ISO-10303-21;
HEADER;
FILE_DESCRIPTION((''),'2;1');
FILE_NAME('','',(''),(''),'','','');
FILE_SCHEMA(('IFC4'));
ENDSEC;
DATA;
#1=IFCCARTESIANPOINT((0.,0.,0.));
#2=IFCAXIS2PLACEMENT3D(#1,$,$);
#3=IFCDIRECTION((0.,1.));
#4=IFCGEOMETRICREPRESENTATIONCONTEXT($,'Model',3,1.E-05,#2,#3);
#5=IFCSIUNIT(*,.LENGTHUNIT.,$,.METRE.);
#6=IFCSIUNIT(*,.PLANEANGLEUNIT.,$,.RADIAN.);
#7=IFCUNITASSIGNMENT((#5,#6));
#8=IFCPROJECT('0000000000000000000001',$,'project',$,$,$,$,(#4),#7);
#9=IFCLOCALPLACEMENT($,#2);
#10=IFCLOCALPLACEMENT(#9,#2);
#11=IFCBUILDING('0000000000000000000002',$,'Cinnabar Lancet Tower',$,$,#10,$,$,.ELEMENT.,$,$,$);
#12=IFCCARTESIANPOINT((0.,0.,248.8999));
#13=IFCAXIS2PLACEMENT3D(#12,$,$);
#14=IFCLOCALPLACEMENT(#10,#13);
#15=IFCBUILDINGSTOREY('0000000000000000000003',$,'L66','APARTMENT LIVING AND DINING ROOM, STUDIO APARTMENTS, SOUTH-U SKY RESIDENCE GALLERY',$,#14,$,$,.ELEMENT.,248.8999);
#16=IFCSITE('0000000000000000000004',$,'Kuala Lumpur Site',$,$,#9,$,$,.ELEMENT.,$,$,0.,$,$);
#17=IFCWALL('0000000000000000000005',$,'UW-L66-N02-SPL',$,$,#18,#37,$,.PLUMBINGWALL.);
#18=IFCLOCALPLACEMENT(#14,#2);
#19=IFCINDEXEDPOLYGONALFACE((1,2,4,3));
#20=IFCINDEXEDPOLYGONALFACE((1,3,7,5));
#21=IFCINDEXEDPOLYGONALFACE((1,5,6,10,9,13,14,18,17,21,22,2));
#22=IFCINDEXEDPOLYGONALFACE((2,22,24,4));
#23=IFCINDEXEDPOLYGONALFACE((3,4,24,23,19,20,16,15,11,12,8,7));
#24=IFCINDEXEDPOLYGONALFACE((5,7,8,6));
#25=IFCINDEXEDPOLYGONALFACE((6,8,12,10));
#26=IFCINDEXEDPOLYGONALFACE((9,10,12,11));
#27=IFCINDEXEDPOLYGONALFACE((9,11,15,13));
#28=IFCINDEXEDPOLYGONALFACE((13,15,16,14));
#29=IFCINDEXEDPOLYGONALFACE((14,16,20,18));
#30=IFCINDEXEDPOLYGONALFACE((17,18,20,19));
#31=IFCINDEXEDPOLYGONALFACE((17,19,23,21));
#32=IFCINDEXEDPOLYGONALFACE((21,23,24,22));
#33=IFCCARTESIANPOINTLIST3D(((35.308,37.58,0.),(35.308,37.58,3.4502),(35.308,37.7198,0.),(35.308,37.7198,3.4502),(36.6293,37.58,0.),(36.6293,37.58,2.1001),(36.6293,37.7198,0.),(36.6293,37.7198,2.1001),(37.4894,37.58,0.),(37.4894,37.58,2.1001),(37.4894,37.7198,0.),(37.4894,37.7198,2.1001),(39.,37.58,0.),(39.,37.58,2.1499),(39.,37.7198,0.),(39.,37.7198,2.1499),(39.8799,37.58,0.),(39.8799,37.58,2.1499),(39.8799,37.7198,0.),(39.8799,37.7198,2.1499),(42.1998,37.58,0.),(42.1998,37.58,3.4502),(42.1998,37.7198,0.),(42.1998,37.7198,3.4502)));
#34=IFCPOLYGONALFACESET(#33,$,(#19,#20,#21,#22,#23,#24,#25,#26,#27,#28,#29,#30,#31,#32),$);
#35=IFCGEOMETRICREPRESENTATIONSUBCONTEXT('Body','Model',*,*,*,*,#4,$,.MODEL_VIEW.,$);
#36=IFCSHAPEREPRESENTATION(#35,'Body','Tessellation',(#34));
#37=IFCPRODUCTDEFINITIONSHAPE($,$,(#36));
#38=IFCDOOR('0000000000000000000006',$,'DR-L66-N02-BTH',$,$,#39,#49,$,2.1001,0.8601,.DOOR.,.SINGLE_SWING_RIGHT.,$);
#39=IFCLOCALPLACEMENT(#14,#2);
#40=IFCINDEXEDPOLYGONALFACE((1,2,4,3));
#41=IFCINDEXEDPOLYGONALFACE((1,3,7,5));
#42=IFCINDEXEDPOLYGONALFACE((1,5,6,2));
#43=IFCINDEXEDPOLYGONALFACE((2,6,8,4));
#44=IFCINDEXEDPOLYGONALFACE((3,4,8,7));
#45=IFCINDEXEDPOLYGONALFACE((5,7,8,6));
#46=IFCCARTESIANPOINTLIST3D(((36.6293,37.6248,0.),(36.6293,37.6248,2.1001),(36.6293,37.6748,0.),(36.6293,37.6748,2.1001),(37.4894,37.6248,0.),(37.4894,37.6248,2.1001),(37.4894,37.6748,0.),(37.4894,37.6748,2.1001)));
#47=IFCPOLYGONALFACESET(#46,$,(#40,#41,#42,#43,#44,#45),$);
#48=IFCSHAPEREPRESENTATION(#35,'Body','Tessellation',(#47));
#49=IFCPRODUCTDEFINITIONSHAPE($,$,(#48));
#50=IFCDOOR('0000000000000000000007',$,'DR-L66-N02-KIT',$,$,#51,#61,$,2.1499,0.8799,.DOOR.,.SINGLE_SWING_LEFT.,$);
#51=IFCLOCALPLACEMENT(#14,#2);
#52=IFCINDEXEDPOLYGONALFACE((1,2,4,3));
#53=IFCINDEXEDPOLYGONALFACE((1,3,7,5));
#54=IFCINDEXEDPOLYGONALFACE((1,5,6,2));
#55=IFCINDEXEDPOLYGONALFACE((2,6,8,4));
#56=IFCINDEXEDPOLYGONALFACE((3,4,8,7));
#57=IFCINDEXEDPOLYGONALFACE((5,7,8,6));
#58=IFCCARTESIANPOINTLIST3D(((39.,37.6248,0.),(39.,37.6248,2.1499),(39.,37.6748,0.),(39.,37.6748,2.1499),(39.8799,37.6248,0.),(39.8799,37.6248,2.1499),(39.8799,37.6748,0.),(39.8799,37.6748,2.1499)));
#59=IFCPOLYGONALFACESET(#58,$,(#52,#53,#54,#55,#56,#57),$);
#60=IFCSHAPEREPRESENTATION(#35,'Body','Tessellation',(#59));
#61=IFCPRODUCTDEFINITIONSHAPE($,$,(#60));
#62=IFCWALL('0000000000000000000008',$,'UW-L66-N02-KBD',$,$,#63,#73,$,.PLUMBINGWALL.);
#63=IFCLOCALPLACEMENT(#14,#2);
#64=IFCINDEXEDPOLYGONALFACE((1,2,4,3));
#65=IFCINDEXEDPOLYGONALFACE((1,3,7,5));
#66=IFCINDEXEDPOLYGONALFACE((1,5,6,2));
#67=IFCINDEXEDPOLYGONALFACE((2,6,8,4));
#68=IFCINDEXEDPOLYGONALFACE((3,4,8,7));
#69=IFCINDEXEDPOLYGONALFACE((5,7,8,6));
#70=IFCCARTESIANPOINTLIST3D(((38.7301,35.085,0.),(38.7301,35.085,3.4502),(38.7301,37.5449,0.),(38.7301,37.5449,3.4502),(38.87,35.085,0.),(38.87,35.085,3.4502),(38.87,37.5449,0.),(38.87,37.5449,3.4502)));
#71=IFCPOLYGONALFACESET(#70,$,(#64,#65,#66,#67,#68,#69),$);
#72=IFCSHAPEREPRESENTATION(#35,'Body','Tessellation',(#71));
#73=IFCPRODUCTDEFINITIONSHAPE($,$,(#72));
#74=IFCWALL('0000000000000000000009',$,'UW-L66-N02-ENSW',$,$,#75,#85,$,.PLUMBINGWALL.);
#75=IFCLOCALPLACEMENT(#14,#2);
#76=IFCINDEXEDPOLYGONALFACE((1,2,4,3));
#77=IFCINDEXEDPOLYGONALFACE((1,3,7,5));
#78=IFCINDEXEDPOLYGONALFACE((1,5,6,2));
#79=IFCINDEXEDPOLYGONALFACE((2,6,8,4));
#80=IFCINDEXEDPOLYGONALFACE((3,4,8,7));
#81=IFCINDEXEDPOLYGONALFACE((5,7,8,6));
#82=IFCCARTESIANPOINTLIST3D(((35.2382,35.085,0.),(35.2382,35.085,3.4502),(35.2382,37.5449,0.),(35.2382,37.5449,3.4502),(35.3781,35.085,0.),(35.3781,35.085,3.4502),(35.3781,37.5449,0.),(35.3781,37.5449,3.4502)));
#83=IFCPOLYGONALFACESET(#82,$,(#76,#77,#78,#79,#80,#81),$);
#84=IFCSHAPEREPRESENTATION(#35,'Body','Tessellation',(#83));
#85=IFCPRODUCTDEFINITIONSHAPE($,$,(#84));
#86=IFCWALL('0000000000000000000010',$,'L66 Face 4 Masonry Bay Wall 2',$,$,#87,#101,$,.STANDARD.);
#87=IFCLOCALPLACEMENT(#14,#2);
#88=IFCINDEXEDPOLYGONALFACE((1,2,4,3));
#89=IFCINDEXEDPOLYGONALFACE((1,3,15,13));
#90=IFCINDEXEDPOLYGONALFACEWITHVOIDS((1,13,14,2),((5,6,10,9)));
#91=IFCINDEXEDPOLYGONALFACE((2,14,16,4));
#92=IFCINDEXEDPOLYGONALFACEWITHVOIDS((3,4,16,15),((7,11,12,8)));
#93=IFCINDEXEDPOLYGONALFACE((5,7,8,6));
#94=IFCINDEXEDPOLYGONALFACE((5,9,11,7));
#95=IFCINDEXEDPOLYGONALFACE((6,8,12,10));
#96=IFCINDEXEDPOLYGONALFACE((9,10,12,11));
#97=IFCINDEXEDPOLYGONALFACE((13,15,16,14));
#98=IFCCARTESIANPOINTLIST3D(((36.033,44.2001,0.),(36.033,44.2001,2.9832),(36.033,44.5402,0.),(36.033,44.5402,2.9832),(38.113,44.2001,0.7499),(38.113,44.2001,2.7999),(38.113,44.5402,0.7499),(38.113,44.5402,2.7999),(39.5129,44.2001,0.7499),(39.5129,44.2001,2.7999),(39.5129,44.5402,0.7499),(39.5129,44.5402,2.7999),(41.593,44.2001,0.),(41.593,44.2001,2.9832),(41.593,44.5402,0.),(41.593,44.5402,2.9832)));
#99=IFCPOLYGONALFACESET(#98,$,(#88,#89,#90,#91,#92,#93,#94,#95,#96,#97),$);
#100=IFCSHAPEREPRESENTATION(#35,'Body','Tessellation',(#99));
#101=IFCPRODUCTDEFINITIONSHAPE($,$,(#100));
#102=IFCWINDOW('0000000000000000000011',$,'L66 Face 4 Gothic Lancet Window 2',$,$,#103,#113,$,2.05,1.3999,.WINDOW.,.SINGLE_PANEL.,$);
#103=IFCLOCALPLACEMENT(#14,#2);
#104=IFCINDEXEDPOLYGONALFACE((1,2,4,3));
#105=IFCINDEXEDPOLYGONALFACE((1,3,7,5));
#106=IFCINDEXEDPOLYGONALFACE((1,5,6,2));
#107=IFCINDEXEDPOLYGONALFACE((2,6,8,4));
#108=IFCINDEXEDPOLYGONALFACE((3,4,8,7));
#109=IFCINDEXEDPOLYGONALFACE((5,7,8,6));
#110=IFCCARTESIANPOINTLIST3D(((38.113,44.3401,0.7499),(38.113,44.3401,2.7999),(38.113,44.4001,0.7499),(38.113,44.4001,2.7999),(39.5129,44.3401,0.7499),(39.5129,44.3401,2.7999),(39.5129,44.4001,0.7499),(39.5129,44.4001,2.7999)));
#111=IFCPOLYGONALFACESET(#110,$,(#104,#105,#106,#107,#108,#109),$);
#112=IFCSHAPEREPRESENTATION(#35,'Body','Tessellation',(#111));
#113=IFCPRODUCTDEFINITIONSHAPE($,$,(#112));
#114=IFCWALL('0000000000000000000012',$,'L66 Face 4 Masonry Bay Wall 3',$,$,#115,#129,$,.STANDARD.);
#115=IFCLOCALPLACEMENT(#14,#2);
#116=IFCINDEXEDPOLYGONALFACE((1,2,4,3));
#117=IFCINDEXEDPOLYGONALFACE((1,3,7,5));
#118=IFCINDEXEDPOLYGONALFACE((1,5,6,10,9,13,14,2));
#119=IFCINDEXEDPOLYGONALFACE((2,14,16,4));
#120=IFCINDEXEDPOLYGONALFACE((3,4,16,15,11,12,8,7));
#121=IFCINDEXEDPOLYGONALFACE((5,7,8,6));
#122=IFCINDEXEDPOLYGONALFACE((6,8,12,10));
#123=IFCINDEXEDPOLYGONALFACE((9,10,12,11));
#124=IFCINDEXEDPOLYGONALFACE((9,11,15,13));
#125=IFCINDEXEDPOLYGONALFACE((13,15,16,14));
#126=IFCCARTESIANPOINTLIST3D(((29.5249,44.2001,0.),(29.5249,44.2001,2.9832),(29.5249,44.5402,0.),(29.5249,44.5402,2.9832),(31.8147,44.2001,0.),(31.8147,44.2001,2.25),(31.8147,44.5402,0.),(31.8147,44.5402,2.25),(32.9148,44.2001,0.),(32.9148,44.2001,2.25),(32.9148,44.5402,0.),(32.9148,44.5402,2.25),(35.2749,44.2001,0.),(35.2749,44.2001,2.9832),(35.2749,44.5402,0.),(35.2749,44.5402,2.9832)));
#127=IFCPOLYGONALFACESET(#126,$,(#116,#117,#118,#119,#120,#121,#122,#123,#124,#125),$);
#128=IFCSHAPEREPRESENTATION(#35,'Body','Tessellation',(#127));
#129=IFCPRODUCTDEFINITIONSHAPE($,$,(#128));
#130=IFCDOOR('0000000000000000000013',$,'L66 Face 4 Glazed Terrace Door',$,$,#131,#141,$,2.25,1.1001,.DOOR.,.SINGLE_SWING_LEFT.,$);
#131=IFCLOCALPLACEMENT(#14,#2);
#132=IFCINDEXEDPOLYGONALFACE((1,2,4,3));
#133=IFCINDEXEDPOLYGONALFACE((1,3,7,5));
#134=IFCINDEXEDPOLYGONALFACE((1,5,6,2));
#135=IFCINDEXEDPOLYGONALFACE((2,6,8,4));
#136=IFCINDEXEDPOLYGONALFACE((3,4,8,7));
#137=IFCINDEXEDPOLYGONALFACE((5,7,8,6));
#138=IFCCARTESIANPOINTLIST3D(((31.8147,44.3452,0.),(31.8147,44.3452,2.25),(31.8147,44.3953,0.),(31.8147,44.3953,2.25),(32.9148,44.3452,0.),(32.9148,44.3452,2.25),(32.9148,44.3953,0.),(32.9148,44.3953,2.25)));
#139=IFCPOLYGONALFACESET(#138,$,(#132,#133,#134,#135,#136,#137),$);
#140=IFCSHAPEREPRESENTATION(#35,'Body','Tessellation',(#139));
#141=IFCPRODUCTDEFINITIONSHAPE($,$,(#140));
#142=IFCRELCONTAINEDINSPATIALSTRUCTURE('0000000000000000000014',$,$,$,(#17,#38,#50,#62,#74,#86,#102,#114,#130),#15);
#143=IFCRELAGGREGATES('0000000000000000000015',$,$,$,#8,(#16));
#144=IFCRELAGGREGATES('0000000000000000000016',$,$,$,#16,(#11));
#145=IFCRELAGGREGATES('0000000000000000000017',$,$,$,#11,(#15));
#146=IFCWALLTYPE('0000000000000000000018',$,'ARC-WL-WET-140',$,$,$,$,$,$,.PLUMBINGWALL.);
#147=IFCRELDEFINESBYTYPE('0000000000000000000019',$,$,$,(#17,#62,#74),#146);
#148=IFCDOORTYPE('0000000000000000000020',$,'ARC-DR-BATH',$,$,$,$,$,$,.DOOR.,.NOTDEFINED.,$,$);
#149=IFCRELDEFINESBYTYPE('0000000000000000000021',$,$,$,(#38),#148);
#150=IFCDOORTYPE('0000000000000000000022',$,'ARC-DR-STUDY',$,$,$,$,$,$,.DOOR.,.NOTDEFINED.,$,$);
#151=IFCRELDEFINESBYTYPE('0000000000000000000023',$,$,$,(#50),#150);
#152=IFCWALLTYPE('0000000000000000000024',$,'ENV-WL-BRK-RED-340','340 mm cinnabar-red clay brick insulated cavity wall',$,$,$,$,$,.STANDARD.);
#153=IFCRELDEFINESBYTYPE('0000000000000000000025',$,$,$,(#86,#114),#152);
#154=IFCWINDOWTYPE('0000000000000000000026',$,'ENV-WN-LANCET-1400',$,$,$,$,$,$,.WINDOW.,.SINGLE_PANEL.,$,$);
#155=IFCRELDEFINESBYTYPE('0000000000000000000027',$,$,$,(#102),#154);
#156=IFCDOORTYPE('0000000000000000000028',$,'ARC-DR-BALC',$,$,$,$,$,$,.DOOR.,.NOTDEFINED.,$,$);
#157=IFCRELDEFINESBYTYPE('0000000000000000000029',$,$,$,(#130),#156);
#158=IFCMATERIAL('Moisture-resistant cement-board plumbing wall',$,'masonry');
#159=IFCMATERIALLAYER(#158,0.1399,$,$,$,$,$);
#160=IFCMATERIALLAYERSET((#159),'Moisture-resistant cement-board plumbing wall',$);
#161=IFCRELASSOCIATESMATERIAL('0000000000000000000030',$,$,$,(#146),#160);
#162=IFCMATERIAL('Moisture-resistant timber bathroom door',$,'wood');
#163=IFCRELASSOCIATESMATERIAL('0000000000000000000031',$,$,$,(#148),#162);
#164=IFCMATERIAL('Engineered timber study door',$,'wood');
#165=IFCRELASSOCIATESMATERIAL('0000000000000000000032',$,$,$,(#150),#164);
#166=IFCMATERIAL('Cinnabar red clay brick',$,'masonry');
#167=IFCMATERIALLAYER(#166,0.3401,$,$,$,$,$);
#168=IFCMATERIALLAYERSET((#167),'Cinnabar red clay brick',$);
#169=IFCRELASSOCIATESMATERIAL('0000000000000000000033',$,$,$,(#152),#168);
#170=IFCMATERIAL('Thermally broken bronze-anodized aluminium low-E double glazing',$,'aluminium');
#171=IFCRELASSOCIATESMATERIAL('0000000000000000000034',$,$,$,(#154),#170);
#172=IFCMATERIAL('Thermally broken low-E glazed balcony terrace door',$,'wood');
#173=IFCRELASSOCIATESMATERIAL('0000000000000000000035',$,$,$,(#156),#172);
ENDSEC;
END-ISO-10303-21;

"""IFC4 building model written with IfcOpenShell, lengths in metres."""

from ifc_helpers import new_model, si_unit, direction, frame, frame_2d, origin, place, context, subcontext, project, spatial, rectangle, extrude, material, layer, layer_set, type_object, element, fill, save


model = new_model("IFC4")

# Units and contexts
model_context = context("Model", 3, precision=1e-05, world=origin(), true_north=direction((0.0, 1.0)))
body_context = subcontext(model_context, "Body", "Model", "MODEL_VIEW")
ifc_project = project(units=[si_unit("LENGTHUNIT", "METRE"), si_unit("PLANEANGLEUNIT", "RADIAN")], contexts=[model_context])

# Site, building, storey
site_placement = place(None, origin())
site = spatial("IfcSite", under=ifc_project, at=site_placement, Name="Kuala Lumpur Site", CompositionType="ELEMENT", RefElevation=0.0)
building_placement = place(site_placement, origin())
building = spatial("IfcBuilding", under=site, at=building_placement, Name="Cinnabar Lancet Tower", CompositionType="ELEMENT")
storey_placement = place(building_placement, frame((0.0, 0.0, 248.8999)))
storey = spatial("IfcBuildingStorey", under=building, at=storey_placement, Name="L66", Description="APARTMENT LIVING AND DINING ROOM, STUDIO APARTMENTS, SOUTH-U SKY RESIDENCE GALLERY", CompositionType="ELEMENT", Elevation=248.8999)

# Wall, openings, doors
ifc_material_1 = material(Name="Moisture-resistant cement-board plumbing wall", Category="masonry")
ifc_layer_1 = layer(ifc_material_1, 0.1399)
ifc_layer_set_1 = layer_set([ifc_layer_1], Name="Moisture-resistant cement-board plumbing wall")
wall_type_1 = type_object("IfcWallType", Name="ARC-WL-WET-140", PredefinedType="PLUMBINGWALL", material=ifc_layer_set_1)
wall_1_placement = place(storey_placement, frame((35.3081, 37.6499, 0.0), z_axis=(0.0, 0.0, 1.0), x_axis=(1.0, 0.0, 0.0)))
wall_1 = element("IfcWall", 1, at=wall_1_placement, inside=storey, type_object=wall_type_1, Name="UW-L66-N02-SPL", PredefinedType="PLUMBINGWALL", context=body_context, shape_type="SweptSolid", body=[
    extrude(rectangle(XDim=6.8918, YDim=0.1399, at=frame_2d((3.4458, 0.0))), origin(), (0.0, 0.0, 1.0), 3.4502),
])
opening_1_placement = place(wall_1_placement, frame((1.321, 0.0, 0.0)))
opening_1 = element("IfcOpeningElement", 2, at=opening_1_placement, cuts=wall_1, PredefinedType="OPENING", context=body_context, shape_type="SweptSolid", body=[
    extrude(rectangle(XDim=0.8601, YDim=2.1001, at=frame_2d((0.4302, 1.05))), frame((0.0, 0.0798, 0.0), z_axis=(0.0, -1.0, 0.0), x_axis=(1.0, 0.0, 0.0)), (0.0, 0.0, 1.0), 0.1599),
])
opening_2_placement = place(wall_1_placement, frame((3.6919, 0.0, 0.0)))
opening_2 = element("IfcOpeningElement", 3, at=opening_2_placement, cuts=wall_1, PredefinedType="OPENING", context=body_context, shape_type="SweptSolid", body=[
    extrude(rectangle(XDim=0.8799, YDim=2.1499, at=frame_2d((0.4399, 1.075))), frame((0.0, 0.0798, 0.0), z_axis=(0.0, -1.0, 0.0), x_axis=(1.0, 0.0, 0.0)), (0.0, 0.0, 1.0), 0.1599),
])
ifc_material_2 = material(Name="Moisture-resistant timber bathroom door", Category="wood")
door_type_1 = type_object("IfcDoorType", Name="ARC-DR-BATH", OperationType="NOTDEFINED", PredefinedType="DOOR", material=ifc_material_2)
door_1_placement = place(opening_1_placement, origin())
door_1 = element("IfcDoor", 4, at=door_1_placement, inside=storey, type_object=door_type_1, Name="DR-L66-N02-BTH", OperationType="SINGLE_SWING_RIGHT", OverallHeight=2.1001, OverallWidth=0.8601, PredefinedType="DOOR", context=body_context, shape_type="SweptSolid", body=[
    extrude(rectangle(XDim=0.8601, YDim=2.1001, at=frame_2d((0.4302, 1.05))), frame((0.0, 0.0249, 0.0), z_axis=(0.0, -1.0, 0.0), x_axis=(1.0, 0.0, 0.0)), (0.0, 0.0, 1.0), 0.05),
])
fill(opening_1, door_1)
ifc_material_3 = material(Name="Engineered timber study door", Category="wood")
door_type_2 = type_object("IfcDoorType", Name="ARC-DR-STUDY", OperationType="NOTDEFINED", PredefinedType="DOOR", material=ifc_material_3)
door_2_placement = place(opening_2_placement, origin())
door_2 = element("IfcDoor", 5, at=door_2_placement, inside=storey, type_object=door_type_2, Name="DR-L66-N02-KIT", OperationType="SINGLE_SWING_LEFT", OverallHeight=2.1499, OverallWidth=0.8799, PredefinedType="DOOR", context=body_context, shape_type="SweptSolid", body=[
    extrude(rectangle(XDim=0.8799, YDim=2.1499, at=frame_2d((0.4399, 1.075))), frame((0.0, 0.0249, 0.0), z_axis=(0.0, -1.0, 0.0), x_axis=(1.0, 0.0, 0.0)), (0.0, 0.0, 1.0), 0.05),
])
fill(opening_2, door_2)

# Walls
for number, where, z_axis, x_axis, name in (
    (6, (38.8, 35.085, 0.0), (0.0, 0.0, 1.0), (0.0, 1.0, 0.0), "UW-L66-N02-KBD"),
    (7, (35.3081, 35.085, 0.0), (0.0, 0.0, 1.0), (0.0, 1.0, 0.0), "UW-L66-N02-ENSW"),
):
    element("IfcWall", number, at=place(storey_placement, frame(where, z_axis=z_axis, x_axis=x_axis)), inside=storey, type_object=wall_type_1, Name=name, PredefinedType="PLUMBINGWALL", context=body_context, shape_type="SweptSolid", body=[
        extrude(rectangle(XDim=2.46, YDim=0.1399, at=frame_2d((1.23, 0.0))), origin(), (0.0, 0.0, 1.0), 3.4502),
    ])

# Wall, opening, window
ifc_material_4 = material(Name="Cinnabar red clay brick", Category="masonry")
ifc_layer_2 = layer(ifc_material_4, 0.3401)
ifc_layer_set_2 = layer_set([ifc_layer_2], Name="Cinnabar red clay brick")
wall_type_2 = type_object("IfcWallType", Name="ENV-WL-BRK-RED-340", Description="340 mm cinnabar-red clay brick insulated cavity wall", PredefinedType="STANDARD", material=ifc_layer_set_2)
wall_2_placement = place(storey_placement, frame((41.593, 44.3701, 0.0), z_axis=(0.0, 0.0, 1.0), x_axis=(-1.0, 0.0, 0.0)))
wall_2 = element("IfcWall", 8, at=wall_2_placement, inside=storey, type_object=wall_type_2, Name="L66 Face 4 Masonry Bay Wall 2", PredefinedType="STANDARD", context=body_context, shape_type="SweptSolid", body=[
    extrude(rectangle(XDim=5.5601, YDim=0.3401, at=frame_2d((2.78, 0.0))), origin(), (0.0, 0.0, 1.0), 2.9832),
])
opening_3_placement = place(wall_2_placement, frame((2.0801, 0.0, 0.75)))
opening_3 = element("IfcOpeningElement", 9, at=opening_3_placement, cuts=wall_2, PredefinedType="OPENING", context=body_context, shape_type="SweptSolid", body=[
    extrude(rectangle(XDim=1.3999, YDim=2.05, at=frame_2d((0.7, 1.0249))), frame((0.0, 0.1799, 0.0), z_axis=(0.0, -1.0, 0.0), x_axis=(1.0, 0.0, 0.0)), (0.0, 0.0, 1.0), 0.3601),
])
ifc_material_5 = material(Name="Thermally broken bronze-anodized aluminium low-E double glazing", Category="aluminium")
window_type = type_object("IfcWindowType", Name="ENV-WN-LANCET-1400", PartitioningType="SINGLE_PANEL", PredefinedType="WINDOW", material=ifc_material_5)
window_placement = place(opening_3_placement, origin())
window = element("IfcWindow", 10, at=window_placement, inside=storey, type_object=window_type, Name="L66 Face 4 Gothic Lancet Window 2", OverallHeight=2.05, OverallWidth=1.3999, PartitioningType="SINGLE_PANEL", PredefinedType="WINDOW", context=body_context, shape_type="SweptSolid", body=[
    extrude(rectangle(XDim=1.3999, YDim=2.05, at=frame_2d((0.7, 1.0249))), frame((0.0, 0.03, 0.0), z_axis=(0.0, -1.0, 0.0), x_axis=(1.0, 0.0, 0.0)), (0.0, 0.0, 1.0), 0.0601),
])
fill(opening_3, window)

# Wall, opening, door
wall_3_placement = place(storey_placement, frame((35.2749, 44.3701, 0.0), z_axis=(0.0, 0.0, 1.0), x_axis=(-1.0, 0.0, 0.0)))
wall_3 = element("IfcWall", 11, at=wall_3_placement, inside=storey, type_object=wall_type_2, Name="L66 Face 4 Masonry Bay Wall 3", PredefinedType="STANDARD", context=body_context, shape_type="SweptSolid", body=[
    extrude(rectangle(XDim=5.75, YDim=0.3401, at=frame_2d((2.875, 0.0))), origin(), (0.0, 0.0, 1.0), 2.9832),
])
opening_4_placement = place(wall_3_placement, frame((2.3601, 0.0, 0.0)))
opening_4 = element("IfcOpeningElement", 12, at=opening_4_placement, cuts=wall_3, PredefinedType="OPENING", context=body_context, shape_type="SweptSolid", body=[
    extrude(rectangle(XDim=1.1001, YDim=2.25, at=frame_2d((0.55, 1.125))), frame((0.0, 0.1799, 0.0), z_axis=(0.0, -1.0, 0.0), x_axis=(1.0, 0.0, 0.0)), (0.0, 0.0, 1.0), 0.3601),
])
ifc_material_6 = material(Name="Thermally broken low-E glazed balcony terrace door", Category="wood")
door_type_3 = type_object("IfcDoorType", Name="ARC-DR-BALC", OperationType="NOTDEFINED", PredefinedType="DOOR", material=ifc_material_6)
door_3_placement = place(opening_4_placement, origin())
door_3 = element("IfcDoor", 13, at=door_3_placement, inside=storey, type_object=door_type_3, Name="L66 Face 4 Glazed Terrace Door", OperationType="SINGLE_SWING_LEFT", OverallHeight=2.25, OverallWidth=1.1001, PredefinedType="DOOR", context=body_context, shape_type="SweptSolid", body=[
    extrude(rectangle(XDim=1.1001, YDim=2.25, at=frame_2d((0.55, 1.125))), frame((0.0, 0.0249, 0.0), z_axis=(0.0, -1.0, 0.0), x_axis=(1.0, 0.0, 0.0)), (0.0, 0.0, 1.0), 0.05),
])
fill(opening_4, door_3)

save(model, "model.ifc")
